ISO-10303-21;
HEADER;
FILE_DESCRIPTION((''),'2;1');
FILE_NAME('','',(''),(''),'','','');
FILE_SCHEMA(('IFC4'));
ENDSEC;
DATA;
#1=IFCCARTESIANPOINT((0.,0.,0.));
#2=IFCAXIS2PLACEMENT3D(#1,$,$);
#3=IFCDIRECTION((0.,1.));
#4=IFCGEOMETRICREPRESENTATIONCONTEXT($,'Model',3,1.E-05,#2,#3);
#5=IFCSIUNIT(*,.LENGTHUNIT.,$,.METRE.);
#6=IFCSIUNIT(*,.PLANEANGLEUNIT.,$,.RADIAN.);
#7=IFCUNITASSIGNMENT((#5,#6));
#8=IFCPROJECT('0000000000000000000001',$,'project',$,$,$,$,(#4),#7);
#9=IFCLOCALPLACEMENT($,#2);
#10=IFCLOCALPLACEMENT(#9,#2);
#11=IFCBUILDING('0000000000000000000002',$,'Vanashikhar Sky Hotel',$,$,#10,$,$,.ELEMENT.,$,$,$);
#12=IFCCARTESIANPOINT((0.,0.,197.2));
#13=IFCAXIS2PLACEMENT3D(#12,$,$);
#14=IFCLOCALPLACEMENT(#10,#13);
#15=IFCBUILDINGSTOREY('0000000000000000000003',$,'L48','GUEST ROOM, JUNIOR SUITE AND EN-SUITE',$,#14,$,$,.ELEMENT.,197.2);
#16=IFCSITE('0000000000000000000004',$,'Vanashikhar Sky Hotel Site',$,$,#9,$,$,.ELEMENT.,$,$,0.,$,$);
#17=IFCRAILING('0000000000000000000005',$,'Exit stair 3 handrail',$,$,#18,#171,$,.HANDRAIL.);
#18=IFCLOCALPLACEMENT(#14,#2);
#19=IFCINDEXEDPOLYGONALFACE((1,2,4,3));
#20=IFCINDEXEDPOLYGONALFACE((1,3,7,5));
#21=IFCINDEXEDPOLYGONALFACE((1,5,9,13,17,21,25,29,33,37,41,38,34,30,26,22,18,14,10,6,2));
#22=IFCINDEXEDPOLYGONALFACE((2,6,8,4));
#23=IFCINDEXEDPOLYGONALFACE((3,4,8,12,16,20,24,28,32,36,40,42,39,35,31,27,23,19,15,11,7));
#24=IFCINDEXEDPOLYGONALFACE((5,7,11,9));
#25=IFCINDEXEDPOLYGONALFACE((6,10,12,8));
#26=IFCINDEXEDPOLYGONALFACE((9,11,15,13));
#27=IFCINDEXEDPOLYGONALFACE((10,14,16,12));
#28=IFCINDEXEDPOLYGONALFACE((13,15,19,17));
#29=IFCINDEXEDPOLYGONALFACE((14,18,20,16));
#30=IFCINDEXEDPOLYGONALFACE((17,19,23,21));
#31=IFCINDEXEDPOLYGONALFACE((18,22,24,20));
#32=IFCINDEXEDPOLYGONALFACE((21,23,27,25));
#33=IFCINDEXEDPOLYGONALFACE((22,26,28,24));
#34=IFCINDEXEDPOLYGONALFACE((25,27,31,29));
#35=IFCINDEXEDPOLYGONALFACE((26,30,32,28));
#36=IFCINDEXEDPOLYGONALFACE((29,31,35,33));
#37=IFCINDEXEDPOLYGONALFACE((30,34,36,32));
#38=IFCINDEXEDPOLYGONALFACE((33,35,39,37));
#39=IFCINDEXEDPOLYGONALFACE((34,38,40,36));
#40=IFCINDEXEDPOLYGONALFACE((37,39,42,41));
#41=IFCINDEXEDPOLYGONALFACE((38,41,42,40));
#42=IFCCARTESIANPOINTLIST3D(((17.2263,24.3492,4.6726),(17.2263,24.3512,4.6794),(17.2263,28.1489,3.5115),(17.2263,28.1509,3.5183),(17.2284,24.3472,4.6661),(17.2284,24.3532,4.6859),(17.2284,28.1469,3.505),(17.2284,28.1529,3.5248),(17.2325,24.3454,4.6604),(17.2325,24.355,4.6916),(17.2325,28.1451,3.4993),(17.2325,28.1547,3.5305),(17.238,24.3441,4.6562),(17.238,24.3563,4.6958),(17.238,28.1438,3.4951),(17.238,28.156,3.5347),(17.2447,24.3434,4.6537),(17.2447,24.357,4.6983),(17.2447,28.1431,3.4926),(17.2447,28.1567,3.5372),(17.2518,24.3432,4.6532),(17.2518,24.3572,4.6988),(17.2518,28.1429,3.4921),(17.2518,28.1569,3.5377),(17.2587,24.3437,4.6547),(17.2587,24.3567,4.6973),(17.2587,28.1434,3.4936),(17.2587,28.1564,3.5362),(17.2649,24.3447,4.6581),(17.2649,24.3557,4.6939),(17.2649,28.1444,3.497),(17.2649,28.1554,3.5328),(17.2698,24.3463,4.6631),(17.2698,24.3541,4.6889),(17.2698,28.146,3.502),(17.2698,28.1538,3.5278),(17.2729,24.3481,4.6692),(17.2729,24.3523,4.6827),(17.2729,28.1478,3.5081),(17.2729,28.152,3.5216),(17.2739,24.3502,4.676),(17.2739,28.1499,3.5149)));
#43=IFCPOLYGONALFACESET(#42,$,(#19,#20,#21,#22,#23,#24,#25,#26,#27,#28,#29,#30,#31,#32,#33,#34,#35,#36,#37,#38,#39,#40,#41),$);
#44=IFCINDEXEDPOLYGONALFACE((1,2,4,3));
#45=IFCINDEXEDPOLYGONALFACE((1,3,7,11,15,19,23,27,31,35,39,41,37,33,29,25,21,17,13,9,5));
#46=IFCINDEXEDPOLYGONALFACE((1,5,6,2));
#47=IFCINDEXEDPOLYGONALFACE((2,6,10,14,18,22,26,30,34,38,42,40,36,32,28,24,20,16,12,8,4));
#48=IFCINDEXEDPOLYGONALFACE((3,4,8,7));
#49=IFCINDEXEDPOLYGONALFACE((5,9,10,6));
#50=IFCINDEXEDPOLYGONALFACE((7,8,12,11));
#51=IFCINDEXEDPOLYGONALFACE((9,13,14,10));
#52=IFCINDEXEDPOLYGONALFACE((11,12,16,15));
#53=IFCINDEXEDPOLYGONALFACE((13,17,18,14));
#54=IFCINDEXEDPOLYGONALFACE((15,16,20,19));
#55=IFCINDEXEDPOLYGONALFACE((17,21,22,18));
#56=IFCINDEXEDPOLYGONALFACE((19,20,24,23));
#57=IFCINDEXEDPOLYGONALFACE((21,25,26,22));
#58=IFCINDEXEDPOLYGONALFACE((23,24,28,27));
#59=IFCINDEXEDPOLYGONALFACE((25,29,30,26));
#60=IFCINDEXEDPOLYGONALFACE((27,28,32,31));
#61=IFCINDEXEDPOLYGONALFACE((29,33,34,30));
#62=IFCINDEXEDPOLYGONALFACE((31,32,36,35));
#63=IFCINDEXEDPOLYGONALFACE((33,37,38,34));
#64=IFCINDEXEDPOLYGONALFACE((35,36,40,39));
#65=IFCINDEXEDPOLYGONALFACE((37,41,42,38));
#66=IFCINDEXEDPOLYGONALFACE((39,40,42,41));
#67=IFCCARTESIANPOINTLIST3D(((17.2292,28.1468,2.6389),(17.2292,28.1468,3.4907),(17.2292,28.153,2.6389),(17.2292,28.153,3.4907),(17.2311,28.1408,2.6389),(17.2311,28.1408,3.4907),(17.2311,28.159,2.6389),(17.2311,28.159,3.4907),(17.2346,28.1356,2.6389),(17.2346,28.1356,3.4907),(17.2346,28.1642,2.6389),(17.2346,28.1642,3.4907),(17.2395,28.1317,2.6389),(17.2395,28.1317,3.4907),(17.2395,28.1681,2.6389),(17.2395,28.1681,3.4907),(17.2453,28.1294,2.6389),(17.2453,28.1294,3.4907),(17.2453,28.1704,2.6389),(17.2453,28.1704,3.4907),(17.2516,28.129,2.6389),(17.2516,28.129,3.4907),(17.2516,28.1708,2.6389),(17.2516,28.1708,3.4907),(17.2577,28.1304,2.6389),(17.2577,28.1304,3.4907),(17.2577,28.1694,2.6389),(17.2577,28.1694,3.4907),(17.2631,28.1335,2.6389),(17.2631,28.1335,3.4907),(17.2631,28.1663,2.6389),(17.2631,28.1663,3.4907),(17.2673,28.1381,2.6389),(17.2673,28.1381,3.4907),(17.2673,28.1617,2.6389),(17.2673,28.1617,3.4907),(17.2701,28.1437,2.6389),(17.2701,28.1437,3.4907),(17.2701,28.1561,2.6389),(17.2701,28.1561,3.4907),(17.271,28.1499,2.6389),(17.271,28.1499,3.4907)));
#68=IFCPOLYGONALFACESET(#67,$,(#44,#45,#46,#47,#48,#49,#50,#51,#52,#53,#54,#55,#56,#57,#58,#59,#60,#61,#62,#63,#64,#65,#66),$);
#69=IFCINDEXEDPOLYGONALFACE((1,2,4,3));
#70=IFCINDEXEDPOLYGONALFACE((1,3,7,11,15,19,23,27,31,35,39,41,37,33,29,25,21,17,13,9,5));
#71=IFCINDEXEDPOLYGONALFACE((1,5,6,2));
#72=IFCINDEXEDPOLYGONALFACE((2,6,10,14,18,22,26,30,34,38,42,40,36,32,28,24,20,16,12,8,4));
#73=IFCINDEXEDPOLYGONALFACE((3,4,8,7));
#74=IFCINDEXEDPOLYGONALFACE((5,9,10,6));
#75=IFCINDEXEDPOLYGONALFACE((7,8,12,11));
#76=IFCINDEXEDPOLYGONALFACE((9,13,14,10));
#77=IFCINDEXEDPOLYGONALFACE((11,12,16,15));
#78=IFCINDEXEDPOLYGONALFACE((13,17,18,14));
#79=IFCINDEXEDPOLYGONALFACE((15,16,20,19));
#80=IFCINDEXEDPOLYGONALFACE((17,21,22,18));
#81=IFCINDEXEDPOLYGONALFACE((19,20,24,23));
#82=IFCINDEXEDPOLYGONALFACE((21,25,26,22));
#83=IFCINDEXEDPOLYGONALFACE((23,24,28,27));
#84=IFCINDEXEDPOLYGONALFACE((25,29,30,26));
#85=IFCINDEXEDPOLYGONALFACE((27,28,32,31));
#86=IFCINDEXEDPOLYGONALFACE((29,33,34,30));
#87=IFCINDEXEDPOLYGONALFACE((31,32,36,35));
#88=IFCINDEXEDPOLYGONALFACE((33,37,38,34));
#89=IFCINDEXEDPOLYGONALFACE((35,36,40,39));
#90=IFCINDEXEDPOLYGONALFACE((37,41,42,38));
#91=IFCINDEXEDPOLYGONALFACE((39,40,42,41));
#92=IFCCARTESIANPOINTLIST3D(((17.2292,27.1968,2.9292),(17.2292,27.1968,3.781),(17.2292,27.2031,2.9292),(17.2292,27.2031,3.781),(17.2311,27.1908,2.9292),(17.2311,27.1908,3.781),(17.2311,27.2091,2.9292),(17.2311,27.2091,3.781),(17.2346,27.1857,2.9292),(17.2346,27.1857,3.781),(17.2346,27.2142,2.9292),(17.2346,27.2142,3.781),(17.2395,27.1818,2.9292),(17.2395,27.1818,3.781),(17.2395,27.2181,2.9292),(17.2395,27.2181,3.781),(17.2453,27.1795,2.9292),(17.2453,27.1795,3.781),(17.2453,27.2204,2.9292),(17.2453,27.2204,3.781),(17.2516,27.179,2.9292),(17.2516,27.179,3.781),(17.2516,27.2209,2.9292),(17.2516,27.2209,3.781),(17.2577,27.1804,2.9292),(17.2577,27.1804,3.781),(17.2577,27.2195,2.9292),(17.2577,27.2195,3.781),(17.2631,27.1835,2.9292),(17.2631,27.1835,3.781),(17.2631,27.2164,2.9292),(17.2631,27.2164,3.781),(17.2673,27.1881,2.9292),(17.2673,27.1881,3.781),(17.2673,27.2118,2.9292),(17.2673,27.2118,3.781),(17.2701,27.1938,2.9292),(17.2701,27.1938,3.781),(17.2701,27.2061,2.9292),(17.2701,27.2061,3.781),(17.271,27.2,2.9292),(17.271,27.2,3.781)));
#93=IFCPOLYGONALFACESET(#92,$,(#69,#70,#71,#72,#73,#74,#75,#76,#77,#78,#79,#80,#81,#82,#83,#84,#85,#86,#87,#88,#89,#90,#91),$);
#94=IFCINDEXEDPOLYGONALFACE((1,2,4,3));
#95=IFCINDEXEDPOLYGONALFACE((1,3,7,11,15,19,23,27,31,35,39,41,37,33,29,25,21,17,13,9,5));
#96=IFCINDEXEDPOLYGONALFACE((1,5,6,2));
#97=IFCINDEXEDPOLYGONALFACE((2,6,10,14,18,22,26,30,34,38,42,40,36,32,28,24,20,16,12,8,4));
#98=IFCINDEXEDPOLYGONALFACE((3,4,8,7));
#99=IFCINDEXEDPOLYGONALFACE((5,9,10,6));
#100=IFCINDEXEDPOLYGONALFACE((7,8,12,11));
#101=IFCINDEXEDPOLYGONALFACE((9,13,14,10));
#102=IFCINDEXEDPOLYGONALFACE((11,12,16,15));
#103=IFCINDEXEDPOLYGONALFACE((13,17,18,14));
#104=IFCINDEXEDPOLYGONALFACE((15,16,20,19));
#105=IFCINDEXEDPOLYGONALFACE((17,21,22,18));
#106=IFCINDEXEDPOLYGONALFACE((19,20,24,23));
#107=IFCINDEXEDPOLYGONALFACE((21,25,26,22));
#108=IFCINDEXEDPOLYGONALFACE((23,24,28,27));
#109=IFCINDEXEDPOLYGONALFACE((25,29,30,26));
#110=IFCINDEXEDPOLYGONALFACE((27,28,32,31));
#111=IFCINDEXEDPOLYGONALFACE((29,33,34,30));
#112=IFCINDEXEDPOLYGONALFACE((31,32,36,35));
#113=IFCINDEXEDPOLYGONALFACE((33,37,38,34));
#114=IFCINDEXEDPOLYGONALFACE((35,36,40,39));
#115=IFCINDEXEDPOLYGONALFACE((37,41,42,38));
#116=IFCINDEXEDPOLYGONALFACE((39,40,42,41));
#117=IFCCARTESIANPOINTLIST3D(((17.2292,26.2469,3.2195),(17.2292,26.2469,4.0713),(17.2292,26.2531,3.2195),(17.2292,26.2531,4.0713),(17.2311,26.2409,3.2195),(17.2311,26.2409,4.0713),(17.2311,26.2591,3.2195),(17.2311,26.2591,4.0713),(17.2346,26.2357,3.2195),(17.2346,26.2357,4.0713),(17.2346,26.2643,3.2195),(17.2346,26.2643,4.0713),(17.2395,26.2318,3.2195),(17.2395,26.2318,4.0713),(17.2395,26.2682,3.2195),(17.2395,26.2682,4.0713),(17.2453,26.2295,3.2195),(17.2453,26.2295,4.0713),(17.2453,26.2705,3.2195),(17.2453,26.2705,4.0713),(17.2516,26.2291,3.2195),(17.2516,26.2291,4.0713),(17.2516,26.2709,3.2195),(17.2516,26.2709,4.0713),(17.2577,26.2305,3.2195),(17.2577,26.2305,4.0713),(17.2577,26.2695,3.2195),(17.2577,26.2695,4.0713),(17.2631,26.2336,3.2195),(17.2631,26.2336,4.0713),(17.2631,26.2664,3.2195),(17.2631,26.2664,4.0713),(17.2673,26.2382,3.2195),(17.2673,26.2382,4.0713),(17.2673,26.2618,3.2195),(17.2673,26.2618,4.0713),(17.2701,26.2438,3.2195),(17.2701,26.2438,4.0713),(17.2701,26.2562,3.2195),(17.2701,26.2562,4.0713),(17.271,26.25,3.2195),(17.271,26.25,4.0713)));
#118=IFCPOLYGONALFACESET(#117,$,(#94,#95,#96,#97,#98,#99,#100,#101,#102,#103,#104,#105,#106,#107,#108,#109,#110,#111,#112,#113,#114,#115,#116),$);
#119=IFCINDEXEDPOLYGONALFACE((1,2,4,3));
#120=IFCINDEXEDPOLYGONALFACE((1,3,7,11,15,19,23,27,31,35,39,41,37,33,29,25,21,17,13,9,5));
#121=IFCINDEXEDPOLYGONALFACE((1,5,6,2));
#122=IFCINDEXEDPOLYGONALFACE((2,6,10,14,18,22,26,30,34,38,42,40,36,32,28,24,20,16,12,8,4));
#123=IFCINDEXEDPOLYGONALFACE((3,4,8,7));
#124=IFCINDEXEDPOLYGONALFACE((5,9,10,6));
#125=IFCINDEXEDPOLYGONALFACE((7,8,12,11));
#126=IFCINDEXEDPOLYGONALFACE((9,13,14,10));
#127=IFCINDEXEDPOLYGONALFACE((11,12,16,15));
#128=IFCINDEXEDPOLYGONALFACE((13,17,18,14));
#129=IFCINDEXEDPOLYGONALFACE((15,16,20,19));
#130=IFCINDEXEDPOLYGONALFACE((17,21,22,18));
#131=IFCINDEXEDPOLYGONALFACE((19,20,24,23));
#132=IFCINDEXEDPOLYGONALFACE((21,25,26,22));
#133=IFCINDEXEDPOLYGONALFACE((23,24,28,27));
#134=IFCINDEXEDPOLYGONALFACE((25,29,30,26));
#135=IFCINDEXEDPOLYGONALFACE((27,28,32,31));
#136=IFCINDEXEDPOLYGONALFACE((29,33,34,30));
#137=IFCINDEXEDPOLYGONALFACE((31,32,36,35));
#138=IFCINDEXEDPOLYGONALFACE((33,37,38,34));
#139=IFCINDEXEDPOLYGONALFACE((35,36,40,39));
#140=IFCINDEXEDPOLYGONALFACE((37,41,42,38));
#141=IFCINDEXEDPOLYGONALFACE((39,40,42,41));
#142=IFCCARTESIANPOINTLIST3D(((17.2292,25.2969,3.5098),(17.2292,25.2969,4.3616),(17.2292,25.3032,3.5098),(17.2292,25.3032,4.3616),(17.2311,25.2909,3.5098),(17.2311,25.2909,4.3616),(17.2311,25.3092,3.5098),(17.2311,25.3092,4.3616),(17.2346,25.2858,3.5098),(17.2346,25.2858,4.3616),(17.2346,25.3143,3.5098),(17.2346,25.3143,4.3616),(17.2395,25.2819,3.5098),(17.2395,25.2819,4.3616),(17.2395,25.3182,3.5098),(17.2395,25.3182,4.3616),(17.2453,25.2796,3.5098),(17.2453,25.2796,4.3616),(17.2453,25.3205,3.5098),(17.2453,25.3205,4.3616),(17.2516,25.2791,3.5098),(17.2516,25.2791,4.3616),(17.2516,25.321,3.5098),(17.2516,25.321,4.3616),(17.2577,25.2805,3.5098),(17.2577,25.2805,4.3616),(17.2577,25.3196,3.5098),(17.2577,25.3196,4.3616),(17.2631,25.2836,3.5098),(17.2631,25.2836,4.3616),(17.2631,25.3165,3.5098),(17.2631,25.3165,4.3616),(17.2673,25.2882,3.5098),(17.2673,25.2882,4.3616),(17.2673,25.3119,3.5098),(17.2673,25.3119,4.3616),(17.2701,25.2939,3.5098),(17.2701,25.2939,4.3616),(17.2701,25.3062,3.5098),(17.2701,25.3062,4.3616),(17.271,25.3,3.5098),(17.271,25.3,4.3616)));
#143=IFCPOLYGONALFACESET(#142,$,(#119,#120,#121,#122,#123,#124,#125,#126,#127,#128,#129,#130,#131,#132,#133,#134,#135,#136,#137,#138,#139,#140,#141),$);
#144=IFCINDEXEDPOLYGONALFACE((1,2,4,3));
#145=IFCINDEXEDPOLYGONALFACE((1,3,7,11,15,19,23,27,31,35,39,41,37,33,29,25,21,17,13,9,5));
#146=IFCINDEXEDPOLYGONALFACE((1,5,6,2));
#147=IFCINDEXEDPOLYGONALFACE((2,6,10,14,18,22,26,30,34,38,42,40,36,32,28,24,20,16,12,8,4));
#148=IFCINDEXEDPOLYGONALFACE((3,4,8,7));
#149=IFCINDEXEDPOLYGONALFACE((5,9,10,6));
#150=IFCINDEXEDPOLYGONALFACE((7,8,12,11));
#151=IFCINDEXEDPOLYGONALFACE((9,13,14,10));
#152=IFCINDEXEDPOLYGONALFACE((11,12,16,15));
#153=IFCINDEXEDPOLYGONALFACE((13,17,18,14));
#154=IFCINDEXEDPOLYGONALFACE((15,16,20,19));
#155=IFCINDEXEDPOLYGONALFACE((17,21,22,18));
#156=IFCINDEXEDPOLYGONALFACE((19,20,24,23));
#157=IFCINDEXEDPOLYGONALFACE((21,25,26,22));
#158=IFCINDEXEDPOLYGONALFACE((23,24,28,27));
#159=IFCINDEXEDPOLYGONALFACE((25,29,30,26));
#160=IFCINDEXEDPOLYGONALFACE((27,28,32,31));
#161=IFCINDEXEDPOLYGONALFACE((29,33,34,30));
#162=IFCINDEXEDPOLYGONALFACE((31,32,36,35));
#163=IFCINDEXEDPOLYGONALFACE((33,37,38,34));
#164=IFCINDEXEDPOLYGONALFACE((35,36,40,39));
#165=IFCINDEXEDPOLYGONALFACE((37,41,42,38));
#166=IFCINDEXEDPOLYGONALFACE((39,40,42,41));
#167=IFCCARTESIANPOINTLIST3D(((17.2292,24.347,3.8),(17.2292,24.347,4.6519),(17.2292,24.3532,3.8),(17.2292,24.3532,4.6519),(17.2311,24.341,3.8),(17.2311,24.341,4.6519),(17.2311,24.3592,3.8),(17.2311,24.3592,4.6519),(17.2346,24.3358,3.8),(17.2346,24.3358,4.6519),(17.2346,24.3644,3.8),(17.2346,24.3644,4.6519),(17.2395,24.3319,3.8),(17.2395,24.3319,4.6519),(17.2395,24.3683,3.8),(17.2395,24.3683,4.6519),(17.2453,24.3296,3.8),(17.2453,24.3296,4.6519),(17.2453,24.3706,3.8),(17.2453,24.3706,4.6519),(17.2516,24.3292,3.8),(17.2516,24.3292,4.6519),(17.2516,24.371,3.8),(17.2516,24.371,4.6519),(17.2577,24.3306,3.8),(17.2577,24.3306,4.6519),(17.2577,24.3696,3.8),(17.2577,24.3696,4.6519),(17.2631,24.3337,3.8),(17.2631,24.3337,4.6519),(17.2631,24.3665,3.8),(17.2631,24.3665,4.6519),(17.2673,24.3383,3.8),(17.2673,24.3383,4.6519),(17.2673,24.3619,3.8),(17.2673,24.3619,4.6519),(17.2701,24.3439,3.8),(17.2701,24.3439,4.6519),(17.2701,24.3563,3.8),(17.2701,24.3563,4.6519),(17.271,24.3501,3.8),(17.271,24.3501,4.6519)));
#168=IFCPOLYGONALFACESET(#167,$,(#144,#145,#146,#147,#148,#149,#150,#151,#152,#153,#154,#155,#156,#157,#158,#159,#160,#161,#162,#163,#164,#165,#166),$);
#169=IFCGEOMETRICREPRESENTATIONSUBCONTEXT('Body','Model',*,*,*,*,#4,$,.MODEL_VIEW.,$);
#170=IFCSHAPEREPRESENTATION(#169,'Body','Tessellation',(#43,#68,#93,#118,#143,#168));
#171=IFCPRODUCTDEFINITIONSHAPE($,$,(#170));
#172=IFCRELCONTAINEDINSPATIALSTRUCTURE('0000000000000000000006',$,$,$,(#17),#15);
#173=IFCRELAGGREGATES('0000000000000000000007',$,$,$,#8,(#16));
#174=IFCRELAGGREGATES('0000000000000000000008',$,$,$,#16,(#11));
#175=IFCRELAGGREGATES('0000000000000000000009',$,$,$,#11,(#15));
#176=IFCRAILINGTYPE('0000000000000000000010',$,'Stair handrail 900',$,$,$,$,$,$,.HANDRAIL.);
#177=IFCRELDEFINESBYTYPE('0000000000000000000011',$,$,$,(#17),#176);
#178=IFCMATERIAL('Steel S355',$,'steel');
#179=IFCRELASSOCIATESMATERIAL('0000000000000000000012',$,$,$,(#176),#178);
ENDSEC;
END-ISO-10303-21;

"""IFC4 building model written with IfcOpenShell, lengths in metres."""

from ifc_helpers import new_model, si_unit, direction, frame, origin, origin_2d, place, context, subcontext, project, spatial, circle, extrude, source, transform, mapped, material, type_object, element, save


model = new_model("IFC4")

# Units and contexts
model_context = context("Model", 3, precision=1e-05, world=origin(), true_north=direction((0.0, 1.0)))
body_context = subcontext(model_context, "Body", "Model", "MODEL_VIEW")
ifc_project = project(units=[si_unit("LENGTHUNIT", "METRE"), si_unit("PLANEANGLEUNIT", "RADIAN")], contexts=[model_context])

# Site, building, storey
site_placement = place(None, origin())
site = spatial("IfcSite", under=ifc_project, at=site_placement, Name="Vanashikhar Sky Hotel Site", CompositionType="ELEMENT", RefElevation=0.0)
building_placement = place(site_placement, origin())
building = spatial("IfcBuilding", under=site, at=building_placement, Name="Vanashikhar Sky Hotel", CompositionType="ELEMENT")
storey_placement = place(building_placement, frame((0.0, 0.0, 197.2)))
storey = spatial("IfcBuildingStorey", under=building, at=storey_placement, Name="L48", Description="GUEST ROOM, JUNIOR SUITE AND EN-SUITE", CompositionType="ELEMENT", Elevation=197.2)

# Railing
ifc_material_1 = material(Name="Steel S355", Category="steel")
railing_type_1 = type_object("IfcRailingType", Name="Stair handrail 900", PredefinedType="HANDRAIL", material=ifc_material_1)
shared_shape_1 = source(origin(), body_context, "Body", "SweptSolid", [
    extrude(circle(Radius=0.0239, at=origin_2d()), frame((0.0, 0.0, 0.876), z_axis=(0.0, -0.956346, 0.292237), x_axis=(1.0, 0.0, 0.0)), (0.0, 0.0, 1.0), 3.9731),
    extrude(circle(Radius=0.021, at=origin_2d()), origin(), (0.0, 0.0, 1.0), 0.8518),
    extrude(circle(Radius=0.021, at=origin_2d()), frame((0.0, -0.95, 0.2903)), (0.0, 0.0, 1.0), 0.8518),
    extrude(circle(Radius=0.021, at=origin_2d()), frame((0.0, -1.8999, 0.5806)), (0.0, 0.0, 1.0), 0.8518),
    extrude(circle(Radius=0.021, at=origin_2d()), frame((0.0, -2.8499, 0.8708)), (0.0, 0.0, 1.0), 0.8518),
    extrude(circle(Radius=0.021, at=origin_2d()), frame((0.0, -3.7998, 1.1611)), (0.0, 0.0, 1.0), 0.8518),
])
railing_1_placement = place(storey_placement, frame((17.25, 28.1499, 2.6389)))
element("IfcRailing", 1, at=railing_1_placement, inside=storey, type_object=railing_type_1, Name="Exit stair 3 handrail", PredefinedType="HANDRAIL", context=body_context, shape_type="MappedRepresentation", body=[
    mapped(shared_shape_1, transform((0.0, 0.0, 0.0), scale=1.0)),
])

save(model, "model.ifc")
